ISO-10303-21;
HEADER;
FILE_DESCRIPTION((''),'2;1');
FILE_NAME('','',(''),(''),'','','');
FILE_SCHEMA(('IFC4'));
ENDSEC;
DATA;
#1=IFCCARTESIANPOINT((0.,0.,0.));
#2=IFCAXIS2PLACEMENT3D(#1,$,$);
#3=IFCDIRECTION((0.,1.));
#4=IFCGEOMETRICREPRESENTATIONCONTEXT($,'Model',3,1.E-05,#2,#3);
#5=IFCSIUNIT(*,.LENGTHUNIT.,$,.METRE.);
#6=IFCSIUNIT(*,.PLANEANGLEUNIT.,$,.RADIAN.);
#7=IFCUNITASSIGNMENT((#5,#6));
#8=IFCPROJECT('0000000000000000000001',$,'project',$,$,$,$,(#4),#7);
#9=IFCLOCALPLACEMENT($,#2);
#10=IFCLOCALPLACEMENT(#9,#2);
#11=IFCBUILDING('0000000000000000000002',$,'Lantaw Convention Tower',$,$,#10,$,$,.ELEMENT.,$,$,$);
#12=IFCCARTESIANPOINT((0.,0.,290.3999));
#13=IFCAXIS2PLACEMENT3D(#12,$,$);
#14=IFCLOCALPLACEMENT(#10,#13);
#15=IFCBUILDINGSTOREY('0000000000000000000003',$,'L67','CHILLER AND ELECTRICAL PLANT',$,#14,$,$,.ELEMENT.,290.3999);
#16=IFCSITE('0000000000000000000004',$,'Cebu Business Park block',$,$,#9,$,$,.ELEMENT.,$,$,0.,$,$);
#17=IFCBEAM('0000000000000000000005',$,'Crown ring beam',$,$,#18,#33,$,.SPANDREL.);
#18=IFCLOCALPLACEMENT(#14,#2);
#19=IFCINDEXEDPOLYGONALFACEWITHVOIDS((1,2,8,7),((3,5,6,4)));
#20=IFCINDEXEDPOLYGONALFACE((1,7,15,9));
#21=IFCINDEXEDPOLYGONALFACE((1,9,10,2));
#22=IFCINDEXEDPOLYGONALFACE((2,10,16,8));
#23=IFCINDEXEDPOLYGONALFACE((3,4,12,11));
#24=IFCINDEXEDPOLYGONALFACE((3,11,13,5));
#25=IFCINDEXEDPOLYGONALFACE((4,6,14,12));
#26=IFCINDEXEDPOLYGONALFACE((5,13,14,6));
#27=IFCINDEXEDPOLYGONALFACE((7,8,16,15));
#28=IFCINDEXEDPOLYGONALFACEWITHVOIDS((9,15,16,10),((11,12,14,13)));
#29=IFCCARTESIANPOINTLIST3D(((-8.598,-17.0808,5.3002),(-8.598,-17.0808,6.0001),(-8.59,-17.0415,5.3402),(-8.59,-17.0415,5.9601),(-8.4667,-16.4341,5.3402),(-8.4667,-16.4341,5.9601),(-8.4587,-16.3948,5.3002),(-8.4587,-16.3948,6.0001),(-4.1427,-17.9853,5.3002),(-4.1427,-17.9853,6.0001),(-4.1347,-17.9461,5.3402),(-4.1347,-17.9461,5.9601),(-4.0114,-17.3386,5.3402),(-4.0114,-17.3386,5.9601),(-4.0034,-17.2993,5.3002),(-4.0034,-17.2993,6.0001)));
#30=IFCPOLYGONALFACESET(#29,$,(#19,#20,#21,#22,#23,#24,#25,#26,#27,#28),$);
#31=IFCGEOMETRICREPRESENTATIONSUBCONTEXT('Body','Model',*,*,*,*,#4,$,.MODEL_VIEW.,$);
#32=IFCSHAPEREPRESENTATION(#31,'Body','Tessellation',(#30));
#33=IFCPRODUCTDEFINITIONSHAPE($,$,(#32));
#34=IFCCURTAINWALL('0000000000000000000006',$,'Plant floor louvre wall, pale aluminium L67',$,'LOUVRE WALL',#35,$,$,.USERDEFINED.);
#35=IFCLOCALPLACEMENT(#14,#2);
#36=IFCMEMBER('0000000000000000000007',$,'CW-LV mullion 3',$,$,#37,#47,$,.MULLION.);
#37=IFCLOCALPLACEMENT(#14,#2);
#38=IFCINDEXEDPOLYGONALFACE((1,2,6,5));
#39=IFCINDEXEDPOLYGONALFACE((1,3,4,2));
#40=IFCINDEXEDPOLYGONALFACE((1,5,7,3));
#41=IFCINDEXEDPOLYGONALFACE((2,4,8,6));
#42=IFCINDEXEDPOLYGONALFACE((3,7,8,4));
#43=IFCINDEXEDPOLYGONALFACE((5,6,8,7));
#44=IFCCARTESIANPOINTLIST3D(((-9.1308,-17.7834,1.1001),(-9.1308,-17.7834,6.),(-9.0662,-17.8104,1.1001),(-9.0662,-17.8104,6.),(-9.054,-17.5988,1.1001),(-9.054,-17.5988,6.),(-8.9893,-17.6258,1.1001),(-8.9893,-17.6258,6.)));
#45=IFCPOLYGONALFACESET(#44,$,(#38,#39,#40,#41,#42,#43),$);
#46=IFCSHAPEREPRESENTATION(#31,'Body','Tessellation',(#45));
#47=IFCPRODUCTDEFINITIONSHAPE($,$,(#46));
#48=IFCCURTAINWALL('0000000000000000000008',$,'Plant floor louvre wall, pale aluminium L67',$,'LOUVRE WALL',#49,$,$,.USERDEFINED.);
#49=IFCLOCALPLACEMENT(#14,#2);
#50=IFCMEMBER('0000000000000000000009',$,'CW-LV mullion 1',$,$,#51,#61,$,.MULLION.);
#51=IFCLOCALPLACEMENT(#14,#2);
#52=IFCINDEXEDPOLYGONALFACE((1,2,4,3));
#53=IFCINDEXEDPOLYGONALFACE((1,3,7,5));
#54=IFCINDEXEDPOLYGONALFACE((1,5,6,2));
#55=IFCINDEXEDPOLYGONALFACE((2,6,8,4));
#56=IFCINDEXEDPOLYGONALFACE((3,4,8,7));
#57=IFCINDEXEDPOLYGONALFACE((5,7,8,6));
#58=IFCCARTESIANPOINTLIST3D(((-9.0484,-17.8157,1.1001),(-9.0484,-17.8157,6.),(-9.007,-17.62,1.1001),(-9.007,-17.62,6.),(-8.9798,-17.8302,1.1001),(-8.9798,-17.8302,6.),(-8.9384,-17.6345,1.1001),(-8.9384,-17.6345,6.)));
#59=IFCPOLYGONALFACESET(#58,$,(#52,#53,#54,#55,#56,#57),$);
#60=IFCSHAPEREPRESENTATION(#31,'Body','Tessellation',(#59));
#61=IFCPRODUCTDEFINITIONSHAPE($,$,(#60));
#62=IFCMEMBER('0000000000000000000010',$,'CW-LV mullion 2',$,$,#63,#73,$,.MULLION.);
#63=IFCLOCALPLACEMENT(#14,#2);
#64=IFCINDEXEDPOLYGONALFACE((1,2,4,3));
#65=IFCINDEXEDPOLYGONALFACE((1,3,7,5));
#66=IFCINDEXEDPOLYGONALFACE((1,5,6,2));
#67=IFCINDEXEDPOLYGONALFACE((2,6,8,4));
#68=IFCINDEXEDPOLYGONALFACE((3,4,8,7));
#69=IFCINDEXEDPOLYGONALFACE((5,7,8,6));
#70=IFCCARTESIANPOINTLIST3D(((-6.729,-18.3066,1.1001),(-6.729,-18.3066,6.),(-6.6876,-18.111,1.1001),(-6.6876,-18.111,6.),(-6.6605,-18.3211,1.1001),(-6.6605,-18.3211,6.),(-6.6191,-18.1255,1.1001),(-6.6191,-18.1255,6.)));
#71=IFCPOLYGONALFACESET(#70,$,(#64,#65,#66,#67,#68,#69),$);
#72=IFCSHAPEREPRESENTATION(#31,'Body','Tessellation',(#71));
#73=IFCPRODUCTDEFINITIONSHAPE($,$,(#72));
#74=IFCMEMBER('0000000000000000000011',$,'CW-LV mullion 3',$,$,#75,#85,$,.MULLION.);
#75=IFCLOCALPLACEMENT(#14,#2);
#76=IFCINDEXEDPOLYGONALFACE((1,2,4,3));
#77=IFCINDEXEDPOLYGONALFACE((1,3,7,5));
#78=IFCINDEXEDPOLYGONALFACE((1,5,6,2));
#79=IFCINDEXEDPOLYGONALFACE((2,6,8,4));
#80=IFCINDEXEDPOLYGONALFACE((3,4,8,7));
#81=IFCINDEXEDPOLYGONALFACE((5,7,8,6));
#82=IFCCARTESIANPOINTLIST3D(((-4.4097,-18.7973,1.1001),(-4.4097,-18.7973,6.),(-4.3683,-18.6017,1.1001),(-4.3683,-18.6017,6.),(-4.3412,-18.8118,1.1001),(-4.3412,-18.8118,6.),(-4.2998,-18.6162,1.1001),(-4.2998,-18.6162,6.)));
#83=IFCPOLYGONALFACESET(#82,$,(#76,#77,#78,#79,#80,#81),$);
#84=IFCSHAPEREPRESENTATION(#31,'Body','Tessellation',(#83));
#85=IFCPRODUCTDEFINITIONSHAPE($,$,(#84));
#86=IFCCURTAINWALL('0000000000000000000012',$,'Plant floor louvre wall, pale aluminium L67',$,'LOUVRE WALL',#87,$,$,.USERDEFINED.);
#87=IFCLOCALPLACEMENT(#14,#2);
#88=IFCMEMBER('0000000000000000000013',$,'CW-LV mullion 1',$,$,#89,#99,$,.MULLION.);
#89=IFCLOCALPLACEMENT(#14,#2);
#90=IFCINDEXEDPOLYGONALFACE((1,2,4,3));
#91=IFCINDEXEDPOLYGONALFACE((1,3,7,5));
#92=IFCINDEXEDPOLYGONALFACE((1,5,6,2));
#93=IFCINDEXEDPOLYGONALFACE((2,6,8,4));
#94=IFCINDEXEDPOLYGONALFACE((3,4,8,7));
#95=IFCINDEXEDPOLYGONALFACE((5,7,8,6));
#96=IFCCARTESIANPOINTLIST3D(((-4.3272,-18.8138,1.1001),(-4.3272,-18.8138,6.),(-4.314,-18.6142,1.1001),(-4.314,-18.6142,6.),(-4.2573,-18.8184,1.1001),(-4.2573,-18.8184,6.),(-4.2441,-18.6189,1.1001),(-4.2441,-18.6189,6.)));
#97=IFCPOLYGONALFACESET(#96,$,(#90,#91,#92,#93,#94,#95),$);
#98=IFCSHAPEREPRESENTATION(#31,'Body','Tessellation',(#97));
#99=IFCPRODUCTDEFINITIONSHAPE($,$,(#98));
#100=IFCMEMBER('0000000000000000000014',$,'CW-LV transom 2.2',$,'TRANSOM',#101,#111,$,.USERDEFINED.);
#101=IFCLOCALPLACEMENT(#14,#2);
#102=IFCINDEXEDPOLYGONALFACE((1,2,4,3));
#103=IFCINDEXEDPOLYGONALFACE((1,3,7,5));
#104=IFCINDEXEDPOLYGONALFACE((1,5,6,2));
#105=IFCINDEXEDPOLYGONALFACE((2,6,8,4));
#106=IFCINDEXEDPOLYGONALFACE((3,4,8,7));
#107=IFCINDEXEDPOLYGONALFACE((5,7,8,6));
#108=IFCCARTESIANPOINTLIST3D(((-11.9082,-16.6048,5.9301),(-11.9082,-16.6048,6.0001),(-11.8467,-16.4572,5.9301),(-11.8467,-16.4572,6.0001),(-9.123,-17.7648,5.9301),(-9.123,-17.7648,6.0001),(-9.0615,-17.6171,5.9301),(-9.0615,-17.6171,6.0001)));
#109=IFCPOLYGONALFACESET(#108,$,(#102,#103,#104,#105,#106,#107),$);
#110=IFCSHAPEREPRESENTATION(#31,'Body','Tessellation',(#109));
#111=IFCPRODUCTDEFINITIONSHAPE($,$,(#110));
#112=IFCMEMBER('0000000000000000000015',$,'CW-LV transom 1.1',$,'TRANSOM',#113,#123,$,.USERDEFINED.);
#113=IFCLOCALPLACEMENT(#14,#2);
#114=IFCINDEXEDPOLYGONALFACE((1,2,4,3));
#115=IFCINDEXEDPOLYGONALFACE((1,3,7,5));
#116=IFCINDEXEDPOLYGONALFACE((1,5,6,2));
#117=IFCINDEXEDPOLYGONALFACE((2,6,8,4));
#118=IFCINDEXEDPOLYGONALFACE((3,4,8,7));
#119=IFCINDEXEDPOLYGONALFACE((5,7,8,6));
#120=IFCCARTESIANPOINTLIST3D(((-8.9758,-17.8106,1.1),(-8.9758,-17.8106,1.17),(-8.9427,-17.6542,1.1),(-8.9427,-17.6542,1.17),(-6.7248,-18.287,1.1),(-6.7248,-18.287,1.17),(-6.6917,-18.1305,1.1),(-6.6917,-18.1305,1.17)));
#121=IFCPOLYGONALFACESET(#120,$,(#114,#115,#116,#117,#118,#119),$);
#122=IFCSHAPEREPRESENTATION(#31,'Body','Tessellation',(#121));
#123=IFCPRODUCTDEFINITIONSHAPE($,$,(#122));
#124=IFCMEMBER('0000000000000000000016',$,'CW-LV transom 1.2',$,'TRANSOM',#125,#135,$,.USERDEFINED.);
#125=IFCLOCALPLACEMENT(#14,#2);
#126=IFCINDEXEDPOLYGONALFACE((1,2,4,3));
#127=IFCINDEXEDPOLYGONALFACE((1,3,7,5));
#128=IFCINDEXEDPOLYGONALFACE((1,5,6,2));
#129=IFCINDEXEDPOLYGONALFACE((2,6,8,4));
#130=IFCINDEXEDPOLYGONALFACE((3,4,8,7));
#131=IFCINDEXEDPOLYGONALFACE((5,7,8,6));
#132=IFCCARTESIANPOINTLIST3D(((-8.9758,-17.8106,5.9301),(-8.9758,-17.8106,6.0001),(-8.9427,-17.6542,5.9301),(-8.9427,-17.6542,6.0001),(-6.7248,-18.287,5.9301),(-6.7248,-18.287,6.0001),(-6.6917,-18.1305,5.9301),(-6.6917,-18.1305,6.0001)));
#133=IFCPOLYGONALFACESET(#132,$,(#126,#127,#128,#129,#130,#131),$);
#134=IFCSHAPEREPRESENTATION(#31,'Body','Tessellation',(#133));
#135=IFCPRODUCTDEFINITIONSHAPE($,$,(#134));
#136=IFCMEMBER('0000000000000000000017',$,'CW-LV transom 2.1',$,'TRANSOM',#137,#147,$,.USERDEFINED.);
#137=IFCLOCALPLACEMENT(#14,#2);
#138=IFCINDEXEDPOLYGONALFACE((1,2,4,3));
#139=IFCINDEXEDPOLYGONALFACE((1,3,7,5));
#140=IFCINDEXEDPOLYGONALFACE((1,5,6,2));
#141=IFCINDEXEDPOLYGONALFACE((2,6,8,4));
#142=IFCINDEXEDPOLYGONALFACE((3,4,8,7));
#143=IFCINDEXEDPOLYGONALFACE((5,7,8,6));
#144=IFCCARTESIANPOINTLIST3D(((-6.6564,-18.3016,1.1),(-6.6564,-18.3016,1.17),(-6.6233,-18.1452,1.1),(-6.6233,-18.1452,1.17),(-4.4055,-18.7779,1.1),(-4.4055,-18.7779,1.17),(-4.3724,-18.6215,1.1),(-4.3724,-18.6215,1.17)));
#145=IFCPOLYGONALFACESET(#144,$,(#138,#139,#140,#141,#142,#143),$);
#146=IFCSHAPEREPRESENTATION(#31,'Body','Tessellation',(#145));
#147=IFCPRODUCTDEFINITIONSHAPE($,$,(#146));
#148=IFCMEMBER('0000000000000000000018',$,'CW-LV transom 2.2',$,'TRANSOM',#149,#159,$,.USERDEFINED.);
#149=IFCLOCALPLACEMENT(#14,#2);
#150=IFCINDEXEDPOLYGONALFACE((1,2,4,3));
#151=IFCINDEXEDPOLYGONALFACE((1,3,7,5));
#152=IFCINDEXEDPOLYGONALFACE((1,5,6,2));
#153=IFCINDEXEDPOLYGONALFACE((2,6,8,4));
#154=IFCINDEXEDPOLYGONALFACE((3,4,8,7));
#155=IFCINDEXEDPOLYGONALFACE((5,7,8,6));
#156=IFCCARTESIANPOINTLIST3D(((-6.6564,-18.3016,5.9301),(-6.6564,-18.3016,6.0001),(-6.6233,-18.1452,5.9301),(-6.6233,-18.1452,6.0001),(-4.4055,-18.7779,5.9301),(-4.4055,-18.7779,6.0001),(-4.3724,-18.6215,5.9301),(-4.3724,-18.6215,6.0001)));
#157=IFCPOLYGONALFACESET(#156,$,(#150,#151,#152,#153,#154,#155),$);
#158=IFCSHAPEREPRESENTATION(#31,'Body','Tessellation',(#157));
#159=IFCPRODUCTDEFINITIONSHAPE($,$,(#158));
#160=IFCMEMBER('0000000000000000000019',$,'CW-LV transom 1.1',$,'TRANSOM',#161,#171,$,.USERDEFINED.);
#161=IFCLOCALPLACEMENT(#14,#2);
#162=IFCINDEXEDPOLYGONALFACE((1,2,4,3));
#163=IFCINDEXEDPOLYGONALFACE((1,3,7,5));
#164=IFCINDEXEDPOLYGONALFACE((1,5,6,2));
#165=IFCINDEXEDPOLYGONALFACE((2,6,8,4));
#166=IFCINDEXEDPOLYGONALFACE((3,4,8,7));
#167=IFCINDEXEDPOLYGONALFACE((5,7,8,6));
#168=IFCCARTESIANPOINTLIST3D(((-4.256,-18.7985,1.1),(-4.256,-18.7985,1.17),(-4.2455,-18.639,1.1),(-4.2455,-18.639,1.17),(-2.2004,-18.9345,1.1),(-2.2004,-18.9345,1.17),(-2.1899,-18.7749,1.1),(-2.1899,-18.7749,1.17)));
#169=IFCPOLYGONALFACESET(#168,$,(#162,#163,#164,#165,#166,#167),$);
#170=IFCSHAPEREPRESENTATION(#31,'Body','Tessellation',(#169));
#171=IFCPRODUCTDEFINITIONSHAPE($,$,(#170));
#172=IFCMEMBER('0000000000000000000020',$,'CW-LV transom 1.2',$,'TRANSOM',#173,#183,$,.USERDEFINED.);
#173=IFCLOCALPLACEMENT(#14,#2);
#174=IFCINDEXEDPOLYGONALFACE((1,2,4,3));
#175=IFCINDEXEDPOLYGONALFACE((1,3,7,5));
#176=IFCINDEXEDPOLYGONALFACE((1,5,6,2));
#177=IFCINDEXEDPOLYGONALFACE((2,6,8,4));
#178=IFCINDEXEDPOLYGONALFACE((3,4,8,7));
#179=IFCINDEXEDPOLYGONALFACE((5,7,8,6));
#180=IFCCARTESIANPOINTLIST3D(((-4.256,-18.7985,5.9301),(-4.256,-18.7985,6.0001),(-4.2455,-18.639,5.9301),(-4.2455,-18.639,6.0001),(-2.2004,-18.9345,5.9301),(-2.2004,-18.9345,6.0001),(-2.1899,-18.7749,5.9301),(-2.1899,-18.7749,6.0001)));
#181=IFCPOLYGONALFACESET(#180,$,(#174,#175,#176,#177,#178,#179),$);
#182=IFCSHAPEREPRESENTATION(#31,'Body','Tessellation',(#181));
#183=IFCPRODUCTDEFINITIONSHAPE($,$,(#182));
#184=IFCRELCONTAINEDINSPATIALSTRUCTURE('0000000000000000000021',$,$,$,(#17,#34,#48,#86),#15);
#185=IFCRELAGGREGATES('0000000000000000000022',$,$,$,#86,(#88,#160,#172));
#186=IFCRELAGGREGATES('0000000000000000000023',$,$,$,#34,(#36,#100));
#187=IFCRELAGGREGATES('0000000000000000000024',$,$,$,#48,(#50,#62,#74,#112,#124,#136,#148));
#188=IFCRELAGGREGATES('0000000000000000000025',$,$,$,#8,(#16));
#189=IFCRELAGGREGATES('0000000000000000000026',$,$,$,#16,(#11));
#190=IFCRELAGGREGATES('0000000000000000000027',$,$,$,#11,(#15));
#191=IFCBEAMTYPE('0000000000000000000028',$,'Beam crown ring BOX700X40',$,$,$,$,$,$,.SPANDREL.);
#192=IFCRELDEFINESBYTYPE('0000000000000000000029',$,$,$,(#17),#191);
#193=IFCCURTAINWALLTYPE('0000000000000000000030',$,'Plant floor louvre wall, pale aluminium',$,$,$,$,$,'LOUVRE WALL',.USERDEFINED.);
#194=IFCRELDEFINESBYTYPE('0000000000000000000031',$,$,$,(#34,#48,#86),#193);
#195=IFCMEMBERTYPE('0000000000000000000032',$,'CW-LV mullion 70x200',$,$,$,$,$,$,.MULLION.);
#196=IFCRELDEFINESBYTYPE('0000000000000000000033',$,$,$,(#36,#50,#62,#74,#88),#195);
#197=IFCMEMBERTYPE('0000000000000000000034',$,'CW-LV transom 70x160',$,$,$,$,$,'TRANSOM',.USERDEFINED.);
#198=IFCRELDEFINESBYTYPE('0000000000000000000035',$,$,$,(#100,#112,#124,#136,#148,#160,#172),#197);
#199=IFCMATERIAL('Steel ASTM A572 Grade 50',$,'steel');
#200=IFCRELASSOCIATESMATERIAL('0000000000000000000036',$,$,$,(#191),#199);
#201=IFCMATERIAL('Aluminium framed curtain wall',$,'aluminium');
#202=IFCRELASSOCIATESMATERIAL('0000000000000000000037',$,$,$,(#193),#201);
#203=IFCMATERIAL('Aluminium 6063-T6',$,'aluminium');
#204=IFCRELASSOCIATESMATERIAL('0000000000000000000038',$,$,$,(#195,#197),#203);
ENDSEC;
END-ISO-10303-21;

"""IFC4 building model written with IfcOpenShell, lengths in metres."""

from ifc_helpers import new_model, si_unit, direction, frame, origin, origin_2d, place, context, subcontext, project, spatial, rectangle, hollow_rectangle, extrude, material, material_profile, profile_set, type_object, element, aggregate, save


model = new_model("IFC4")

# Units and contexts
model_context = context("Model", 3, precision=1e-05, world=origin(), true_north=direction((0.0, 1.0)))
body_context = subcontext(model_context, "Body", "Model", "MODEL_VIEW")
ifc_project = project(units=[si_unit("LENGTHUNIT", "METRE"), si_unit("PLANEANGLEUNIT", "RADIAN")], contexts=[model_context])

# Site, building, storey
site_placement = place(None, origin())
site = spatial("IfcSite", under=ifc_project, at=site_placement, Name="Cebu Business Park block", CompositionType="ELEMENT", RefElevation=0.0)
building_placement = place(site_placement, origin())
building = spatial("IfcBuilding", under=site, at=building_placement, Name="Lantaw Convention Tower", CompositionType="ELEMENT")
storey_placement = place(building_placement, frame((0.0, 0.0, 290.3999)))
storey = spatial("IfcBuildingStorey", under=building, at=storey_placement, Name="L67", Description="CHILLER AND ELECTRICAL PLANT", CompositionType="ELEMENT", Elevation=290.3999)

# Shared definitions
ifc_material_1 = material(Name="Steel ASTM A572 Grade 50", Category="steel")

# Beam
ifc_material_profile_1 = material_profile(ifc_material_1, hollow_rectangle(XDim=0.7, YDim=0.7, WallThickness=0.04, at=origin_2d()), Name="BOX700X40")
ifc_profile_set_1 = profile_set([ifc_material_profile_1], Name="Steel ASTM A572 Grade 50")
beam_type_1 = type_object("IfcBeamType", Name="Beam crown ring BOX700X40", PredefinedType="SPANDREL", material=ifc_profile_set_1)
beam_1_placement = place(storey_placement, frame((-8.5283, -16.7378, 5.6501), z_axis=(0.980006, -0.198966, 0.0), x_axis=(0.198966, 0.980006, 0.0)))
element("IfcBeam", 1, at=beam_1_placement, inside=storey, type_object=beam_type_1, Name="Crown ring beam", PredefinedType="SPANDREL", context=body_context, shape_type="SweptSolid", body=[
    extrude(hollow_rectangle(XDim=0.7, YDim=0.7, WallThickness=0.04, at=origin_2d()), origin(), (0.0, 0.0, 1.0), 4.5461),
])

# Curtain wall, member
ifc_material_2 = material(Name="Aluminium framed curtain wall", Category="aluminium")
curtain_wall_type = type_object("IfcCurtainWallType", Name="Plant floor louvre wall, pale aluminium", ElementType="LOUVRE WALL", PredefinedType="USERDEFINED", material=ifc_material_2)
curtain_wall_1_placement = place(storey_placement, origin())
curtain_wall_1 = element("IfcCurtainWall", 2, at=curtain_wall_1_placement, inside=storey, type_object=curtain_wall_type, Name="Plant floor louvre wall, pale aluminium L67", ObjectType="LOUVRE WALL", PredefinedType="USERDEFINED")
ifc_material_3 = material(Name="Aluminium 6063-T6", Category="aluminium")
ifc_material_profile_2 = material_profile(ifc_material_3, rectangle(XDim=0.2, YDim=0.0701, at=origin_2d()), Name="CW-LV mullion 70x200")
ifc_profile_set_2 = profile_set([ifc_material_profile_2], Name="Aluminium 6063-T6")
member_type_1 = type_object("IfcMemberType", Name="CW-LV mullion 70x200", PredefinedType="MULLION", material=ifc_profile_set_2)
member_1_placement = place(storey_placement, frame((-9.0601, -17.7046, 1.1001), z_axis=(0.0, 0.0, 1.0), x_axis=(0.38446, 0.923142, 0.0)))
member_1 = element("IfcMember", 3, at=member_1_placement, type_object=member_type_1, Name="CW-LV mullion 3", PredefinedType="MULLION", context=body_context, shape_type="SweptSolid", body=[
    extrude(rectangle(XDim=0.2, YDim=0.0701, at=origin_2d()), origin(), (0.0, 0.0, 1.0), 4.8999),
])

# Curtain wall, members
curtain_wall_2_placement = place(storey_placement, origin())
curtain_wall_2 = element("IfcCurtainWall", 4, at=curtain_wall_2_placement, inside=storey, type_object=curtain_wall_type, Name="Plant floor louvre wall, pale aluminium L67", ObjectType="LOUVRE WALL", PredefinedType="USERDEFINED")
member_2_placement = place(storey_placement, frame((-8.9934, -17.7251, 1.1001), z_axis=(0.0, 0.0, 1.0), x_axis=(0.20704, 0.978332, 0.0)))
member_2 = element("IfcMember", 5, at=member_2_placement, type_object=member_type_1, Name="CW-LV mullion 1", PredefinedType="MULLION", context=body_context, shape_type="SweptSolid", body=[
    extrude(rectangle(XDim=0.2, YDim=0.0701, at=origin_2d()), origin(), (0.0, 0.0, 1.0), 4.8999),
])
member_3_placement = place(storey_placement, frame((-6.6741, -18.2161, 1.1001), z_axis=(0.0, 0.0, 1.0), x_axis=(0.20704, 0.978332, 0.0)))
member_3 = element("IfcMember", 6, at=member_3_placement, type_object=member_type_1, Name="CW-LV mullion 2", PredefinedType="MULLION", context=body_context, shape_type="SweptSolid", body=[
    extrude(rectangle(XDim=0.2, YDim=0.0701, at=origin_2d()), origin(), (0.0, 0.0, 1.0), 4.8999),
])
member_4_placement = place(storey_placement, frame((-4.3547, -18.7068, 1.1001), z_axis=(0.0, 0.0, 1.0), x_axis=(0.20704, 0.978332, 0.0)))
member_4 = element("IfcMember", 7, at=member_4_placement, type_object=member_type_1, Name="CW-LV mullion 3", PredefinedType="MULLION", context=body_context, shape_type="SweptSolid", body=[
    extrude(rectangle(XDim=0.2, YDim=0.0701, at=origin_2d()), origin(), (0.0, 0.0, 1.0), 4.8999),
])

# Curtain wall, member
curtain_wall_3_placement = place(storey_placement, origin())
curtain_wall_3 = element("IfcCurtainWall", 8, at=curtain_wall_3_placement, inside=storey, type_object=curtain_wall_type, Name="Plant floor louvre wall, pale aluminium L67", ObjectType="LOUVRE WALL", PredefinedType="USERDEFINED")
member_5_placement = place(storey_placement, frame((-4.2856, -18.7163, 1.1001), z_axis=(0.0, 0.0, 1.0), x_axis=(0.066025, 0.997818, 0.0)))
member_5 = element("IfcMember", 9, at=member_5_placement, type_object=member_type_1, Name="CW-LV mullion 1", PredefinedType="MULLION", context=body_context, shape_type="SweptSolid", body=[
    extrude(rectangle(XDim=0.2, YDim=0.0701, at=origin_2d()), origin(), (0.0, 0.0, 1.0), 4.8999),
])

# Members
ifc_material_profile_3 = material_profile(ifc_material_3, rectangle(XDim=0.1599, YDim=0.0701, at=origin_2d()), Name="CW-LV transom 70x160")
ifc_profile_set_3 = profile_set([ifc_material_profile_3], Name="Aluminium 6063-T6")
member_type_2 = type_object("IfcMemberType", Name="CW-LV transom 70x160", ElementType="TRANSOM", PredefinedType="USERDEFINED", material=ifc_profile_set_3)
member_6_placement = place(storey_placement, frame((-11.8774, -16.531, 5.9651), z_axis=(0.923144, -0.384454, 0.0), x_axis=(0.384454, 0.923144, 0.0)))
member_6 = element("IfcMember", 10, at=member_6_placement, type_object=member_type_2, Name="CW-LV transom 2.2", ObjectType="TRANSOM", PredefinedType="USERDEFINED", context=body_context, shape_type="SweptSolid", body=[
    extrude(rectangle(XDim=0.1599, YDim=0.0701, at=origin_2d()), origin(), (0.0, 0.0, 1.0), 3.0171),
])
member_7_placement = place(storey_placement, frame((-8.9592, -17.7324, 1.135), z_axis=(0.978336, -0.207021, 0.0), x_axis=(0.207021, 0.978336, 0.0)))
member_7 = element("IfcMember", 11, at=member_7_placement, type_object=member_type_2, Name="CW-LV transom 1.1", ObjectType="TRANSOM", PredefinedType="USERDEFINED", context=body_context, shape_type="SweptSolid", body=[
    extrude(rectangle(XDim=0.1599, YDim=0.0701, at=origin_2d()), origin(), (0.0, 0.0, 1.0), 2.3008),
])
member_8_placement = place(storey_placement, frame((-8.9592, -17.7324, 5.9651), z_axis=(0.978336, -0.207021, 0.0), x_axis=(0.207021, 0.978336, 0.0)))
member_8 = element("IfcMember", 12, at=member_8_placement, type_object=member_type_2, Name="CW-LV transom 1.2", ObjectType="TRANSOM", PredefinedType="USERDEFINED", context=body_context, shape_type="SweptSolid", body=[
    extrude(rectangle(XDim=0.1599, YDim=0.0701, at=origin_2d()), origin(), (0.0, 0.0, 1.0), 2.3008),
])
member_9_placement = place(storey_placement, frame((-6.6399, -18.2234, 1.135), z_axis=(0.978336, -0.207021, 0.0), x_axis=(0.207021, 0.978336, 0.0)))
member_9 = element("IfcMember", 13, at=member_9_placement, type_object=member_type_2, Name="CW-LV transom 2.1", ObjectType="TRANSOM", PredefinedType="USERDEFINED", context=body_context, shape_type="SweptSolid", body=[
    extrude(rectangle(XDim=0.1599, YDim=0.0701, at=origin_2d()), origin(), (0.0, 0.0, 1.0), 2.3008),
])
member_10_placement = place(storey_placement, frame((-6.6399, -18.2234, 5.9651), z_axis=(0.978336, -0.207021, 0.0), x_axis=(0.207021, 0.978336, 0.0)))
member_10 = element("IfcMember", 14, at=member_10_placement, type_object=member_type_2, Name="CW-LV transom 2.2", ObjectType="TRANSOM", PredefinedType="USERDEFINED", context=body_context, shape_type="SweptSolid", body=[
    extrude(rectangle(XDim=0.1599, YDim=0.0701, at=origin_2d()), origin(), (0.0, 0.0, 1.0), 2.3008),
])
member_11_placement = place(storey_placement, frame((-4.2507, -18.7188, 1.135), z_axis=(0.997819, -0.066008, 0.0), x_axis=(0.066008, 0.997819, 0.0)))
member_11 = element("IfcMember", 15, at=member_11_placement, type_object=member_type_2, Name="CW-LV transom 1.1", ObjectType="TRANSOM", PredefinedType="USERDEFINED", context=body_context, shape_type="SweptSolid", body=[
    extrude(rectangle(XDim=0.1599, YDim=0.0701, at=origin_2d()), origin(), (0.0, 0.0, 1.0), 2.0601),
])
member_12_placement = place(storey_placement, frame((-4.2507, -18.7188, 5.9651), z_axis=(0.997819, -0.066008, 0.0), x_axis=(0.066008, 0.997819, 0.0)))
member_12 = element("IfcMember", 16, at=member_12_placement, type_object=member_type_2, Name="CW-LV transom 1.2", ObjectType="TRANSOM", PredefinedType="USERDEFINED", context=body_context, shape_type="SweptSolid", body=[
    extrude(rectangle(XDim=0.1599, YDim=0.0701, at=origin_2d()), origin(), (0.0, 0.0, 1.0), 2.0601),
])
aggregate(curtain_wall_3, [member_5, member_11, member_12])

aggregate(curtain_wall_1, [member_1, member_6])
aggregate(curtain_wall_2, [member_2, member_3, member_4, member_7, member_8, member_9, member_10])

save(model, "model.ifc")
